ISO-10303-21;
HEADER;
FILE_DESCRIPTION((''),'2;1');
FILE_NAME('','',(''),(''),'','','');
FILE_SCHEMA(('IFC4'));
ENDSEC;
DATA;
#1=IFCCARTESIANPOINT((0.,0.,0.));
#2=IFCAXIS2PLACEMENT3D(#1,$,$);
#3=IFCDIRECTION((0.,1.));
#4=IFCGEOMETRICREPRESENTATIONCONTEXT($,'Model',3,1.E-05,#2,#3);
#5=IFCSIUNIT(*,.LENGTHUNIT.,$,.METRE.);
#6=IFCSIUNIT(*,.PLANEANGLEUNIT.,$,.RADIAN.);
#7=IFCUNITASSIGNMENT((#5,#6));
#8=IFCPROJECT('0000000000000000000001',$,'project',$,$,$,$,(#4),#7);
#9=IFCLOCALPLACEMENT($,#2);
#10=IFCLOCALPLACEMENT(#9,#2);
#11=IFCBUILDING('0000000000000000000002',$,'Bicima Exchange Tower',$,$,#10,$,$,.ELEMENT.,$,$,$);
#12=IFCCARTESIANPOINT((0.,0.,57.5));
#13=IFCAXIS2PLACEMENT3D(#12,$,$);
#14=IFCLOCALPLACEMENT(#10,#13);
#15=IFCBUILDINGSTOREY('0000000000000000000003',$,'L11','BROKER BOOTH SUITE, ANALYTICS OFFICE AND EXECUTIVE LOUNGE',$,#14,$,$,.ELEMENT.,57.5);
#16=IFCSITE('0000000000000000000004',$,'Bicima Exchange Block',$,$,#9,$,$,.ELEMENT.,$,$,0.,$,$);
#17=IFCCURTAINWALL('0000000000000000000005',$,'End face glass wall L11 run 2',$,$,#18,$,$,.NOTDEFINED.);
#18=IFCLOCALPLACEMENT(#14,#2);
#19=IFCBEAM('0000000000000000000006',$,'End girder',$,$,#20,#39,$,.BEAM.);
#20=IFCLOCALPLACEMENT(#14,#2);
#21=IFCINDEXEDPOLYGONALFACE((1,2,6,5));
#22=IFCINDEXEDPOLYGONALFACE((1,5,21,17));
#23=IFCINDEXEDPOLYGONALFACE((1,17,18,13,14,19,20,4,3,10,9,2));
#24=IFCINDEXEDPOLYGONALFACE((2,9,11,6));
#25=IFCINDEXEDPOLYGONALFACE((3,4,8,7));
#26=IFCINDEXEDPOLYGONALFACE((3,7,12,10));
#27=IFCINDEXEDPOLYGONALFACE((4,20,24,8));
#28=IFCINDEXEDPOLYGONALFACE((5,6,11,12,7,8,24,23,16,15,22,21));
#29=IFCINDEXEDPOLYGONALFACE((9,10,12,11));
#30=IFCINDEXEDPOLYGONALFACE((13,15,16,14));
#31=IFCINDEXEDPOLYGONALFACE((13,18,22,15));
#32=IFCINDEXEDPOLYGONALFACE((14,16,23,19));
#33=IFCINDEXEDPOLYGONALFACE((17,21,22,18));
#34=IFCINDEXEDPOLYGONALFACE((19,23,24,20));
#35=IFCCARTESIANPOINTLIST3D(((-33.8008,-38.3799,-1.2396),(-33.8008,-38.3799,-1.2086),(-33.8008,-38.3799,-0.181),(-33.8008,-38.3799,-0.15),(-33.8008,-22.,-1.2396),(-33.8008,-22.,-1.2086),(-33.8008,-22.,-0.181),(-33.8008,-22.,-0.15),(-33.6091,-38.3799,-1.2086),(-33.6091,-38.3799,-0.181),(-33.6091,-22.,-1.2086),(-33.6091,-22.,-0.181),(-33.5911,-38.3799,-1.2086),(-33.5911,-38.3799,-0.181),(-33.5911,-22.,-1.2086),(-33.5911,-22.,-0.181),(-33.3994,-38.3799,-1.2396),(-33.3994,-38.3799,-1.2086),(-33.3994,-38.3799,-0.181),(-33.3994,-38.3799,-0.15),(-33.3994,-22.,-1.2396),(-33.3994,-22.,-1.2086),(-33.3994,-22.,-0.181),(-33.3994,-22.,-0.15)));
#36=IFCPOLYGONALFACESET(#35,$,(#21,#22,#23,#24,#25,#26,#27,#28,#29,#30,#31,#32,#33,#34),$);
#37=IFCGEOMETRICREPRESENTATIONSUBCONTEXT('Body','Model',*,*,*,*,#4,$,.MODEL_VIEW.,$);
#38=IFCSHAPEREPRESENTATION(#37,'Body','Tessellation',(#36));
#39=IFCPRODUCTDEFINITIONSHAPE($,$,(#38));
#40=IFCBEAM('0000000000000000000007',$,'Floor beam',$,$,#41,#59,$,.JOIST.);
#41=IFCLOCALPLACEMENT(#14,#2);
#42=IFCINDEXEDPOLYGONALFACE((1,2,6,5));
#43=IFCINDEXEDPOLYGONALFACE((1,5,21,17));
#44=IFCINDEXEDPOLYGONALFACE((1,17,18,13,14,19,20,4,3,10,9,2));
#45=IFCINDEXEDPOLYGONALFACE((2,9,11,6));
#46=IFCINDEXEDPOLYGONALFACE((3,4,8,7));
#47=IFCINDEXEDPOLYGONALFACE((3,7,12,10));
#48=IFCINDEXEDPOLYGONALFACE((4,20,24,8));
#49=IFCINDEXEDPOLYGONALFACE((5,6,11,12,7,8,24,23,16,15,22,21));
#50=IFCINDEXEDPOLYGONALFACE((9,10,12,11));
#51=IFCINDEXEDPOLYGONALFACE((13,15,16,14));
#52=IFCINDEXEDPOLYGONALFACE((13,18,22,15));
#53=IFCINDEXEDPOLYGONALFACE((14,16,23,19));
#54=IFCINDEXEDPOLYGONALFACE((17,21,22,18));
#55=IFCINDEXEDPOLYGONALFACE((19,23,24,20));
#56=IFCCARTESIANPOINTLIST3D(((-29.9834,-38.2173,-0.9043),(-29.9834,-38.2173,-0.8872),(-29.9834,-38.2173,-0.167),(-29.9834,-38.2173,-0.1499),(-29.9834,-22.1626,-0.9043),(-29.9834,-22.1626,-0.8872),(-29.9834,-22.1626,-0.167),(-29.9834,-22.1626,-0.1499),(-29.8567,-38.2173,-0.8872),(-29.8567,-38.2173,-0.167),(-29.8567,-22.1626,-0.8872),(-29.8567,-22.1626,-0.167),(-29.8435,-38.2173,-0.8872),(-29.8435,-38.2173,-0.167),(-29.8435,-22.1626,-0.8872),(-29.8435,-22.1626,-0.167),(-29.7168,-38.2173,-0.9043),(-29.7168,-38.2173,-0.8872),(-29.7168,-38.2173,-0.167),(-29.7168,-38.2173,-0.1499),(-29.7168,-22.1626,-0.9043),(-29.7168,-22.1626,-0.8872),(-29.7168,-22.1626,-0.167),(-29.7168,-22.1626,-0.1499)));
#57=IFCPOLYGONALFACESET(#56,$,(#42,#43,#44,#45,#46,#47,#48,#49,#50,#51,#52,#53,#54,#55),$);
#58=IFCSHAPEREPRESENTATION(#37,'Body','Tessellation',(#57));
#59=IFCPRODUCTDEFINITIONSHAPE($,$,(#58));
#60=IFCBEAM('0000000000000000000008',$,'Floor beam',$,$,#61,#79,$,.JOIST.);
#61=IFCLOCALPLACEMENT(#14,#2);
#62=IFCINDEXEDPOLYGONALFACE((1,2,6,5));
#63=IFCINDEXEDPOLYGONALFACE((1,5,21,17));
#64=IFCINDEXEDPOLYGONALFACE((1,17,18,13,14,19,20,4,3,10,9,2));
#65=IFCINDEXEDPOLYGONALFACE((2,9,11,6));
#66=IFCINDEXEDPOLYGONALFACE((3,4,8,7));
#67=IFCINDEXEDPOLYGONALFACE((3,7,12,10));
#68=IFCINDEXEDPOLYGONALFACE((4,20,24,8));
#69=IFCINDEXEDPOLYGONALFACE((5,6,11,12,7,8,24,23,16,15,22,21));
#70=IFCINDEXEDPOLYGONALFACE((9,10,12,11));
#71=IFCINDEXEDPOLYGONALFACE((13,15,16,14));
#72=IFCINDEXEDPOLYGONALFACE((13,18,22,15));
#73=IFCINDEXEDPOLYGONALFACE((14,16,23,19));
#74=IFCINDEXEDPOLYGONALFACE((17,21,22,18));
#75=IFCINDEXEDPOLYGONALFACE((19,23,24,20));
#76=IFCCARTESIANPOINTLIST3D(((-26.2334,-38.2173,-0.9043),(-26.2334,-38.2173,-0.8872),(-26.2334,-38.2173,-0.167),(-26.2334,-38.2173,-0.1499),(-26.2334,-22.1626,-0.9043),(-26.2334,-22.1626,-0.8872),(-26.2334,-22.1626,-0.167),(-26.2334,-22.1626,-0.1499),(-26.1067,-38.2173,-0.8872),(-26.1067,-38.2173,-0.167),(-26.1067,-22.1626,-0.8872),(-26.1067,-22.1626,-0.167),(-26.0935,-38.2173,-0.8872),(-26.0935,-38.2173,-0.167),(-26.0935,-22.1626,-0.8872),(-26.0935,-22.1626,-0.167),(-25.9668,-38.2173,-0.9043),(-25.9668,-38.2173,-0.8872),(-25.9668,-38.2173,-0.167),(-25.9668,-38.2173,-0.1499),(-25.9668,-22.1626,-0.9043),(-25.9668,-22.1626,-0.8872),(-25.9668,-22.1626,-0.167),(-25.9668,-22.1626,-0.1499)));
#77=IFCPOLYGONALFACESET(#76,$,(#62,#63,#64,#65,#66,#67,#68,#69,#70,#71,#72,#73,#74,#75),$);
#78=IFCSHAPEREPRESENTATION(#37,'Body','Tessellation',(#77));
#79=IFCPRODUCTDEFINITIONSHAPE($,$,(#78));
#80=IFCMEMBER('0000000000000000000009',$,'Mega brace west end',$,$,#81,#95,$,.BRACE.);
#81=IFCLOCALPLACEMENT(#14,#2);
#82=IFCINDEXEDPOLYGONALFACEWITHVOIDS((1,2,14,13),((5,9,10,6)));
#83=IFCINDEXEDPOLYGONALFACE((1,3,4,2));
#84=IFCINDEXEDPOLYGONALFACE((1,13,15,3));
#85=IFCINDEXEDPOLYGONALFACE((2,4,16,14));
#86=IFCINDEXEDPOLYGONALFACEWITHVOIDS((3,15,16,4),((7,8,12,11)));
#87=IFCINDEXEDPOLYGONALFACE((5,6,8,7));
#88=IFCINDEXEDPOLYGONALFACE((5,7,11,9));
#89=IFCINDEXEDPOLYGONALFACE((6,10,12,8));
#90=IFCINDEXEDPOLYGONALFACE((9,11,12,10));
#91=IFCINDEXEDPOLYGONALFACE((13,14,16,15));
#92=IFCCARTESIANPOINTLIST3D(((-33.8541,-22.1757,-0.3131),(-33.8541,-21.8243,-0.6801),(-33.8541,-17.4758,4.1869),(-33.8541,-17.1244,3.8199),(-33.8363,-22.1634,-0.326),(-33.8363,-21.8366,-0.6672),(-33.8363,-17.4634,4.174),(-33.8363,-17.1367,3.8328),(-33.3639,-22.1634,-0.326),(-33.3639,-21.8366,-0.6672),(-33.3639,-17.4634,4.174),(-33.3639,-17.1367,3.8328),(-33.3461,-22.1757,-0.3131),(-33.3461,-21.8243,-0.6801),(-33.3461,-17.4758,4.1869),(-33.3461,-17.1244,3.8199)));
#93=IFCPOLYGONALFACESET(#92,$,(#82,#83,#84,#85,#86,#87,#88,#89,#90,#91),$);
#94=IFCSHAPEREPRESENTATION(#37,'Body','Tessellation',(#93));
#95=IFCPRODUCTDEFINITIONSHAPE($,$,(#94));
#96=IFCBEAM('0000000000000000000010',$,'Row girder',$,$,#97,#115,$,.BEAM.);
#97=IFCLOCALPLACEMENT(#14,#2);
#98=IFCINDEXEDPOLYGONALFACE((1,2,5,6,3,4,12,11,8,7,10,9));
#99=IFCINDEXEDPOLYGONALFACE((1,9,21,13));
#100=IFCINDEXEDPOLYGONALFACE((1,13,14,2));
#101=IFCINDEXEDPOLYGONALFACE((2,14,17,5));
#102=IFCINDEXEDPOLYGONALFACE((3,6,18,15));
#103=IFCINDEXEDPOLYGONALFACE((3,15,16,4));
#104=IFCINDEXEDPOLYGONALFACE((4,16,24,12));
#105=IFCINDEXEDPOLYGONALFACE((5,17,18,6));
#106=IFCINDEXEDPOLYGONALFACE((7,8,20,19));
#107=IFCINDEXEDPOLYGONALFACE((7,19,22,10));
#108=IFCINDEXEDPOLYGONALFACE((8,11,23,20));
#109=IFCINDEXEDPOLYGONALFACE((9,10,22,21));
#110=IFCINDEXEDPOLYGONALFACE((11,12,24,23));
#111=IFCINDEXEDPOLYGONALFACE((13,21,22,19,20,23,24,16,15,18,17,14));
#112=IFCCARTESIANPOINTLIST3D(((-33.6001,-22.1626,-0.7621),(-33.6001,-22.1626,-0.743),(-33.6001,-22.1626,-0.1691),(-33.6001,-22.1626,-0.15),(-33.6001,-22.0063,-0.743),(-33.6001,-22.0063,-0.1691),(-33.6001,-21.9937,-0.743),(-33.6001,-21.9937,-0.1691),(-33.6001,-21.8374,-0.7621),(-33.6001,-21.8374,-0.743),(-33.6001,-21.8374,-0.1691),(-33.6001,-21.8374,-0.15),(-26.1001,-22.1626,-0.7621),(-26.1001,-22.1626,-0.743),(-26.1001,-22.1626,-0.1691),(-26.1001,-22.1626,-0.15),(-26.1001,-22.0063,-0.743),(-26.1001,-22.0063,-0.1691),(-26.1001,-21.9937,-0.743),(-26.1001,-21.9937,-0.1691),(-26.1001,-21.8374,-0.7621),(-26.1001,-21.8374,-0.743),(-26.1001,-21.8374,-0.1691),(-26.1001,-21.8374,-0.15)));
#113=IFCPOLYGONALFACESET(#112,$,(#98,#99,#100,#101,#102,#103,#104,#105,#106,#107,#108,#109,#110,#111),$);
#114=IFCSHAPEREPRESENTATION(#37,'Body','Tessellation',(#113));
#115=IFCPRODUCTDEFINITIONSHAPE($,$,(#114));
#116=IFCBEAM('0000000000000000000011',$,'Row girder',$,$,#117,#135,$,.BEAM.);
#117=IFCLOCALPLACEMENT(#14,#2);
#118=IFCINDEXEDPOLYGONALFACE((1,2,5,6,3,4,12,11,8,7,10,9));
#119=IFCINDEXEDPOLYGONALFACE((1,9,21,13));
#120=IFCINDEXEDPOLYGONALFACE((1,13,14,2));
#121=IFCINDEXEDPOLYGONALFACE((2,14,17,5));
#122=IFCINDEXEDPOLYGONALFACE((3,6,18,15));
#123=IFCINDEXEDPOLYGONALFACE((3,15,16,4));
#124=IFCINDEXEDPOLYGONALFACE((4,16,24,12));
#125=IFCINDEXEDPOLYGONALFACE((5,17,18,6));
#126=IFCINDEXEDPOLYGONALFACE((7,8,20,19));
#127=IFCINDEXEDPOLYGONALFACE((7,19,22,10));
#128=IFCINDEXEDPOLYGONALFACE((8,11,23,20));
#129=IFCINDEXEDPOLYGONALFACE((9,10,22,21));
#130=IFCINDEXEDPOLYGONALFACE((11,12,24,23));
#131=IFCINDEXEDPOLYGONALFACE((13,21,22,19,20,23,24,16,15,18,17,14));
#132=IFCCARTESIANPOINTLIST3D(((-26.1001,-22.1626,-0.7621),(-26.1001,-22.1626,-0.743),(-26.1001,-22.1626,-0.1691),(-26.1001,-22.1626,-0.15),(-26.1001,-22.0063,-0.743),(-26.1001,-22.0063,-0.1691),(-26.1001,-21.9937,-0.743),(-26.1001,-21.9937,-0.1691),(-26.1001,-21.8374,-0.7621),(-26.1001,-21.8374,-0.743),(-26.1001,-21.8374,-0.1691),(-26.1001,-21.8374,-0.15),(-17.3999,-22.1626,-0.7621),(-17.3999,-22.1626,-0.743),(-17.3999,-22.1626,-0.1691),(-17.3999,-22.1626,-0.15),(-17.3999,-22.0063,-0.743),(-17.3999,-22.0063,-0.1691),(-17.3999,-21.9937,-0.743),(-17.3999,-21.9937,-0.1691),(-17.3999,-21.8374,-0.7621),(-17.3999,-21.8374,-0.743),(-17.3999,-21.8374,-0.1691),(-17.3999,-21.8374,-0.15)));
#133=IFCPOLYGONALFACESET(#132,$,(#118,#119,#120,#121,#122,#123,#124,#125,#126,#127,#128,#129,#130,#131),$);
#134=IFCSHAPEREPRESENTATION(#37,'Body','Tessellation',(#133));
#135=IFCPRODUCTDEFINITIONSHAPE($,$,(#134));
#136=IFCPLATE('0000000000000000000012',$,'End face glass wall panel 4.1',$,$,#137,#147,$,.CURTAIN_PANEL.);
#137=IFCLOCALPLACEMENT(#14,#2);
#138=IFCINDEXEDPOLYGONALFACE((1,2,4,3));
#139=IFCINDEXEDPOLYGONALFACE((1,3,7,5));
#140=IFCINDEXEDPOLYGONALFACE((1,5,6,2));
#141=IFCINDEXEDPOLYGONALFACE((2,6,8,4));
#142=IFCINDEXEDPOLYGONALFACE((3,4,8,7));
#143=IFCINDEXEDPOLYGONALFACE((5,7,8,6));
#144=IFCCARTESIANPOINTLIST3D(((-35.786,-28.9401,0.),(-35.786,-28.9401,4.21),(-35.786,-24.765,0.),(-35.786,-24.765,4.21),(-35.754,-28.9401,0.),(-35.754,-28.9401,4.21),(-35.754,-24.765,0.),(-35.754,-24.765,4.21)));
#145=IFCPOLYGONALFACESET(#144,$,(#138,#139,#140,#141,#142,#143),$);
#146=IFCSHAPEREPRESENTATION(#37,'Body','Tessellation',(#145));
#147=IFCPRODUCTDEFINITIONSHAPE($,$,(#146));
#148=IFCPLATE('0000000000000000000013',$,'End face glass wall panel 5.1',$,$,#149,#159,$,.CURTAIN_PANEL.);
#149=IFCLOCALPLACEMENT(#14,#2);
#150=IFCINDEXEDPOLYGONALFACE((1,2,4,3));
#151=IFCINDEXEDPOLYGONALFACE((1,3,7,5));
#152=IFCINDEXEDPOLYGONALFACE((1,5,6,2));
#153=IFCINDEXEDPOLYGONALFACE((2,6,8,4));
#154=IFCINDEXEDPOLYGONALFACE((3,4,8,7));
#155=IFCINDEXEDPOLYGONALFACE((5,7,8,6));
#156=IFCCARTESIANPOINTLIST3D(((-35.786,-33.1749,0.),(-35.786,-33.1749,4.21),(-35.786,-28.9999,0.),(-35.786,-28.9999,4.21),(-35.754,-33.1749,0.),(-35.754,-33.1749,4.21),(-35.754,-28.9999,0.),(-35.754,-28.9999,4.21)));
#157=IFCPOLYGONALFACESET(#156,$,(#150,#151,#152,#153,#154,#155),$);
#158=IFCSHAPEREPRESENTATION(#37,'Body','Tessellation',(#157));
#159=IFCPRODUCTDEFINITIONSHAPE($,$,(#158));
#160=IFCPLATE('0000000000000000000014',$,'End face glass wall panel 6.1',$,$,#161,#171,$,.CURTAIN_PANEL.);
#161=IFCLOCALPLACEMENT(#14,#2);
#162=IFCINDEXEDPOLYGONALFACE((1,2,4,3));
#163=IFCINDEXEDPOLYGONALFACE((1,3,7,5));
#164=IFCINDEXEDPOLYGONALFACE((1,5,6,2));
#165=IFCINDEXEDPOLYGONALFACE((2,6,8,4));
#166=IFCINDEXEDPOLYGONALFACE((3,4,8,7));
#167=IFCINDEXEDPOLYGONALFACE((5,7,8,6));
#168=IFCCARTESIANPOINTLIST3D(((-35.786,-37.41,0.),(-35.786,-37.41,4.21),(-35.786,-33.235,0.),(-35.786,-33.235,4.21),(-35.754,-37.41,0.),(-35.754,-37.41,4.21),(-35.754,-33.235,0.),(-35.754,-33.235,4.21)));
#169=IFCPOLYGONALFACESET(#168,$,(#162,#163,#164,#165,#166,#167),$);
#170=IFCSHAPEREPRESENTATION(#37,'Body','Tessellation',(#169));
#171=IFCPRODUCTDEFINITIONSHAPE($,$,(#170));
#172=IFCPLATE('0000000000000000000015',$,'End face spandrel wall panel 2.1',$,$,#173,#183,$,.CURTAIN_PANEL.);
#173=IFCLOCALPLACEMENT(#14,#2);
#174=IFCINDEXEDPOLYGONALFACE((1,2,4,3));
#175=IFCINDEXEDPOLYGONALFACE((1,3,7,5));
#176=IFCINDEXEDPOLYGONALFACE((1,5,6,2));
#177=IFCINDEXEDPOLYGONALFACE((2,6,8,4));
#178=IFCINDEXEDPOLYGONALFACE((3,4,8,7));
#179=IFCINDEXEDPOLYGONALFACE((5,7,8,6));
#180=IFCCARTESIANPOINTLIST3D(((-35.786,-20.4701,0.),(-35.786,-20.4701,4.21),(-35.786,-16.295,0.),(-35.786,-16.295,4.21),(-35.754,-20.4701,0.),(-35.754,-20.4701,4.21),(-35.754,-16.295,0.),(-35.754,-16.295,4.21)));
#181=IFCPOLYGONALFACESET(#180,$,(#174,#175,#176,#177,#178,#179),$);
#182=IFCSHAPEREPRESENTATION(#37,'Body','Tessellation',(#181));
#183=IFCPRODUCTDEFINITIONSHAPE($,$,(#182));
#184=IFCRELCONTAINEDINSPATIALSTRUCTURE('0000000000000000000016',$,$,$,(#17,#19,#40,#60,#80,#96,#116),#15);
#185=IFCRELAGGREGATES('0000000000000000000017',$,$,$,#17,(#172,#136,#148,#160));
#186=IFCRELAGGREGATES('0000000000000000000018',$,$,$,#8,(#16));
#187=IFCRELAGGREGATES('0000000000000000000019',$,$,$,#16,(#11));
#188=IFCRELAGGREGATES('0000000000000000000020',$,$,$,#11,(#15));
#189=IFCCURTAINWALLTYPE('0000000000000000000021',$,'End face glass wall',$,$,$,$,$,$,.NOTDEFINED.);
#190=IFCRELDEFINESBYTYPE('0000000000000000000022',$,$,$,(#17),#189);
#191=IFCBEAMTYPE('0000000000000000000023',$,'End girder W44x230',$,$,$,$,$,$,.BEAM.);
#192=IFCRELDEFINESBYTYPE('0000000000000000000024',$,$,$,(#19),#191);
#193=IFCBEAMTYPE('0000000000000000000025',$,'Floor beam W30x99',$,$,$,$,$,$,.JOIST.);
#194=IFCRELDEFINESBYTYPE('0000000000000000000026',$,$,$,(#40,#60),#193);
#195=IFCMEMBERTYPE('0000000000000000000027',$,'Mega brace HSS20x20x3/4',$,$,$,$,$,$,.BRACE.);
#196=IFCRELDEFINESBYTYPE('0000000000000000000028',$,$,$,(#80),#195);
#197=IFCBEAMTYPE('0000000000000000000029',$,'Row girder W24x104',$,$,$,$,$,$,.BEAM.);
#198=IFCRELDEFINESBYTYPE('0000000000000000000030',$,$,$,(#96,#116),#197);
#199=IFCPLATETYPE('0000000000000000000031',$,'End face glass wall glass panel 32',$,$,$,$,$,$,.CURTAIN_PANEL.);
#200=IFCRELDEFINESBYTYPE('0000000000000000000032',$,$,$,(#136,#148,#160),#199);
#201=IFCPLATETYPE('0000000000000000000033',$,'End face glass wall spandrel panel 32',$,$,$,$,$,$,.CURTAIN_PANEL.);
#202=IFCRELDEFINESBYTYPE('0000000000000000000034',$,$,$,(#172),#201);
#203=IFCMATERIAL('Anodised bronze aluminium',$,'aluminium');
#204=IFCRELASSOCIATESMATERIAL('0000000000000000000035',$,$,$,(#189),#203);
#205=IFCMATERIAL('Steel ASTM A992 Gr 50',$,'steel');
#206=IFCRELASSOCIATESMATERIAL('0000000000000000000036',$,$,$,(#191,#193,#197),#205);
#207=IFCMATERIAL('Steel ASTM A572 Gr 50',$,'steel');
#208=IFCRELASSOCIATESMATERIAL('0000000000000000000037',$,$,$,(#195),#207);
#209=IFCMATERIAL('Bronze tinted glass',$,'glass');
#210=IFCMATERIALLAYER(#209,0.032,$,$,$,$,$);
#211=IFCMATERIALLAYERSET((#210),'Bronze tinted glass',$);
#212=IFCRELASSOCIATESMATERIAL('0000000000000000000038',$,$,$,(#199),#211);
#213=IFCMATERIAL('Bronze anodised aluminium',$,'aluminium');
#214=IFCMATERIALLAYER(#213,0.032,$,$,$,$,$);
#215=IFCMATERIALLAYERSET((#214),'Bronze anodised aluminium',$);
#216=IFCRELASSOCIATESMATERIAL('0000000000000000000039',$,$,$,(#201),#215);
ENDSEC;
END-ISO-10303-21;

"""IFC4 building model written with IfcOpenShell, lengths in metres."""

from ifc_helpers import new_model, si_unit, direction, frame, origin, origin_2d, place, context, subcontext, project, spatial, rectangle, hollow_rectangle, i_section, extrude, material, layer, layer_set, material_profile, profile_set, type_object, element, aggregate, save


model = new_model("IFC4")

# Units and contexts
model_context = context("Model", 3, precision=1e-05, world=origin(), true_north=direction((0.0, 1.0)))
body_context = subcontext(model_context, "Body", "Model", "MODEL_VIEW")
ifc_project = project(units=[si_unit("LENGTHUNIT", "METRE"), si_unit("PLANEANGLEUNIT", "RADIAN")], contexts=[model_context])

# Site, building, storey
site_placement = place(None, origin())
site = spatial("IfcSite", under=ifc_project, at=site_placement, Name="Bicima Exchange Block", CompositionType="ELEMENT", RefElevation=0.0)
building_placement = place(site_placement, origin())
building = spatial("IfcBuilding", under=site, at=building_placement, Name="Bicima Exchange Tower", CompositionType="ELEMENT")
storey_placement = place(building_placement, frame((0.0, 0.0, 57.5)))
storey = spatial("IfcBuildingStorey", under=building, at=storey_placement, Name="L11", Description="BROKER BOOTH SUITE, ANALYTICS OFFICE AND EXECUTIVE LOUNGE", CompositionType="ELEMENT", Elevation=57.5)

# Shared definitions
ifc_material_1 = material(Name="Steel ASTM A992 Gr 50", Category="steel")

# Curtain wall
ifc_material_2 = material(Name="Anodised bronze aluminium", Category="aluminium")
curtain_wall_type = type_object("IfcCurtainWallType", Name="End face glass wall", PredefinedType="NOTDEFINED", material=ifc_material_2)
curtain_wall_placement = place(storey_placement, origin())
curtain_wall = element("IfcCurtainWall", 1, at=curtain_wall_placement, inside=storey, type_object=curtain_wall_type, Name="End face glass wall L11 run 2", PredefinedType="NOTDEFINED")

# Beams
ifc_material_profile_1 = material_profile(ifc_material_1, i_section(OverallWidth=0.4014, OverallDepth=1.0896, WebThickness=0.0181, FlangeThickness=0.031, at=origin_2d()))
ifc_profile_set_1 = profile_set([ifc_material_profile_1], Name="Steel ASTM A992 Gr 50")
beam_type_1 = type_object("IfcBeamType", Name="End girder W44x230", PredefinedType="BEAM", material=ifc_profile_set_1)
beam_1_placement = place(storey_placement, frame((-33.6001, -22.0, -0.6948), z_axis=(0.0, -1.0, 0.0), x_axis=(1.0, 0.0, 0.0)))
element("IfcBeam", 2, at=beam_1_placement, inside=storey, type_object=beam_type_1, Name="End girder", PredefinedType="BEAM", context=body_context, shape_type="SweptSolid", body=[
    extrude(i_section(OverallWidth=0.4014, OverallDepth=1.0896, WebThickness=0.0181, FlangeThickness=0.031, at=origin_2d()), origin(), (0.0, 0.0, 1.0), 16.3799),
])
ifc_material_profile_2 = material_profile(ifc_material_1, i_section(OverallWidth=0.2666, OverallDepth=0.7544, WebThickness=0.0132, FlangeThickness=0.0171, at=origin_2d()))
ifc_profile_set_2 = profile_set([ifc_material_profile_2], Name="Steel ASTM A992 Gr 50")
beam_type_2 = type_object("IfcBeamType", Name="Floor beam W30x99", PredefinedType="JOIST", material=ifc_profile_set_2)
for number, where, z_axis, x_axis, name in (
    (3, (-29.8501, -22.1626, -0.5271), (0.0, -1.0, 0.0), (1.0, 0.0, 0.0), "Floor beam"),
    (4, (-26.1001, -22.1626, -0.5271), (0.0, -1.0, 0.0), (1.0, 0.0, 0.0), "Floor beam"),
):
    element("IfcBeam", number, at=place(storey_placement, frame(where, z_axis=z_axis, x_axis=x_axis)), inside=storey, type_object=beam_type_2, Name=name, PredefinedType="JOIST", context=body_context, shape_type="SweptSolid", body=[
        extrude(i_section(OverallWidth=0.2666, OverallDepth=0.7544, WebThickness=0.0132, FlangeThickness=0.0171, at=origin_2d()), origin(), (0.0, 0.0, 1.0), 16.0547),
    ])

# Member
ifc_material_3 = material(Name="Steel ASTM A572 Gr 50", Category="steel")
ifc_material_profile_3 = material_profile(ifc_material_3, hollow_rectangle(XDim=0.5081, YDim=0.5081, WallThickness=0.0178, at=origin_2d()))
ifc_profile_set_3 = profile_set([ifc_material_profile_3], Name="Steel ASTM A572 Gr 50")
member_type_1 = type_object("IfcMemberType", Name="Mega brace HSS20x20x3/4", PredefinedType="BRACE", material=ifc_profile_set_3)
member_1_placement = place(storey_placement, frame((-33.6001, -22.0, -0.4966), z_axis=(0.0, 0.722304, 0.691575), x_axis=(-1.0, 0.0, 0.0)))
element("IfcMember", 5, at=member_1_placement, inside=storey, type_object=member_type_1, Name="Mega brace west end", PredefinedType="BRACE", context=body_context, shape_type="SweptSolid", body=[
    extrude(hollow_rectangle(XDim=0.5081, YDim=0.5081, WallThickness=0.0178, at=origin_2d()), origin(), (0.0, 0.0, 1.0), 6.5068),
])

# Beams
ifc_material_profile_4 = material_profile(ifc_material_1, i_section(OverallWidth=0.3252, OverallDepth=0.6121, WebThickness=0.0127, FlangeThickness=0.019, at=origin_2d()))
ifc_profile_set_4 = profile_set([ifc_material_profile_4], Name="Steel ASTM A992 Gr 50")
beam_type_3 = type_object("IfcBeamType", Name="Row girder W24x104", PredefinedType="BEAM", material=ifc_profile_set_4)
beam_2_placement = place(storey_placement, frame((-33.6001, -22.0, -0.4561), z_axis=(1.0, 0.0, 0.0), x_axis=(0.0, 1.0, 0.0)))
element("IfcBeam", 6, at=beam_2_placement, inside=storey, type_object=beam_type_3, Name="Row girder", PredefinedType="BEAM", context=body_context, shape_type="SweptSolid", body=[
    extrude(i_section(OverallWidth=0.3252, OverallDepth=0.6121, WebThickness=0.0127, FlangeThickness=0.019, at=origin_2d()), origin(), (0.0, 0.0, 1.0), 7.5),
])
beam_3_placement = place(storey_placement, frame((-26.1001, -22.0, -0.4561), z_axis=(1.0, 0.0, 0.0), x_axis=(0.0, 1.0, 0.0)))
element("IfcBeam", 7, at=beam_3_placement, inside=storey, type_object=beam_type_3, Name="Row girder", PredefinedType="BEAM", context=body_context, shape_type="SweptSolid", body=[
    extrude(i_section(OverallWidth=0.3252, OverallDepth=0.6121, WebThickness=0.0127, FlangeThickness=0.019, at=origin_2d()), origin(), (0.0, 0.0, 1.0), 8.7002),
])

# Plates
ifc_material_4 = material(Name="Bronze tinted glass", Category="glass")
ifc_layer_1 = layer(ifc_material_4, 0.032)
ifc_layer_set_1 = layer_set([ifc_layer_1], Name="Bronze tinted glass")
plate_type_1 = type_object("IfcPlateType", Name="End face glass wall glass panel 32", PredefinedType="CURTAIN_PANEL", material=ifc_layer_set_1)
plate_1_placement = place(storey_placement, frame((-35.77, -26.8525, 0.0), z_axis=(0.0, 0.0, 1.0), x_axis=(0.0, -1.0, 0.0)))
plate_1 = element("IfcPlate", 8, at=plate_1_placement, type_object=plate_type_1, Name="End face glass wall panel 4.1", PredefinedType="CURTAIN_PANEL", context=body_context, shape_type="SweptSolid", body=[
    extrude(rectangle(XDim=4.175, YDim=0.032, at=origin_2d()), origin(), (0.0, 0.0, 1.0), 4.21),
])
plate_2_placement = place(storey_placement, frame((-35.77, -31.0874, 0.0), z_axis=(0.0, 0.0, 1.0), x_axis=(0.0, -1.0, 0.0)))
plate_2 = element("IfcPlate", 9, at=plate_2_placement, type_object=plate_type_1, Name="End face glass wall panel 5.1", PredefinedType="CURTAIN_PANEL", context=body_context, shape_type="SweptSolid", body=[
    extrude(rectangle(XDim=4.175, YDim=0.032, at=origin_2d()), origin(), (0.0, 0.0, 1.0), 4.21),
])
plate_3_placement = place(storey_placement, frame((-35.77, -35.3225, 0.0), z_axis=(0.0, 0.0, 1.0), x_axis=(0.0, -1.0, 0.0)))
plate_3 = element("IfcPlate", 10, at=plate_3_placement, type_object=plate_type_1, Name="End face glass wall panel 6.1", PredefinedType="CURTAIN_PANEL", context=body_context, shape_type="SweptSolid", body=[
    extrude(rectangle(XDim=4.175, YDim=0.032, at=origin_2d()), origin(), (0.0, 0.0, 1.0), 4.21),
])
ifc_material_5 = material(Name="Bronze anodised aluminium", Category="aluminium")
ifc_layer_2 = layer(ifc_material_5, 0.032)
ifc_layer_set_2 = layer_set([ifc_layer_2], Name="Bronze anodised aluminium")
plate_type_2 = type_object("IfcPlateType", Name="End face glass wall spandrel panel 32", PredefinedType="CURTAIN_PANEL", material=ifc_layer_set_2)
plate_4_placement = place(storey_placement, frame((-35.77, -18.3826, 0.0), z_axis=(0.0, 0.0, 1.0), x_axis=(0.0, -1.0, 0.0)))
plate_4 = element("IfcPlate", 11, at=plate_4_placement, type_object=plate_type_2, Name="End face spandrel wall panel 2.1", PredefinedType="CURTAIN_PANEL", context=body_context, shape_type="SweptSolid", body=[
    extrude(rectangle(XDim=4.175, YDim=0.032, at=origin_2d()), origin(), (0.0, 0.0, 1.0), 4.21),
])
aggregate(curtain_wall, [plate_4, plate_1, plate_2, plate_3])

save(model, "model.ifc")
